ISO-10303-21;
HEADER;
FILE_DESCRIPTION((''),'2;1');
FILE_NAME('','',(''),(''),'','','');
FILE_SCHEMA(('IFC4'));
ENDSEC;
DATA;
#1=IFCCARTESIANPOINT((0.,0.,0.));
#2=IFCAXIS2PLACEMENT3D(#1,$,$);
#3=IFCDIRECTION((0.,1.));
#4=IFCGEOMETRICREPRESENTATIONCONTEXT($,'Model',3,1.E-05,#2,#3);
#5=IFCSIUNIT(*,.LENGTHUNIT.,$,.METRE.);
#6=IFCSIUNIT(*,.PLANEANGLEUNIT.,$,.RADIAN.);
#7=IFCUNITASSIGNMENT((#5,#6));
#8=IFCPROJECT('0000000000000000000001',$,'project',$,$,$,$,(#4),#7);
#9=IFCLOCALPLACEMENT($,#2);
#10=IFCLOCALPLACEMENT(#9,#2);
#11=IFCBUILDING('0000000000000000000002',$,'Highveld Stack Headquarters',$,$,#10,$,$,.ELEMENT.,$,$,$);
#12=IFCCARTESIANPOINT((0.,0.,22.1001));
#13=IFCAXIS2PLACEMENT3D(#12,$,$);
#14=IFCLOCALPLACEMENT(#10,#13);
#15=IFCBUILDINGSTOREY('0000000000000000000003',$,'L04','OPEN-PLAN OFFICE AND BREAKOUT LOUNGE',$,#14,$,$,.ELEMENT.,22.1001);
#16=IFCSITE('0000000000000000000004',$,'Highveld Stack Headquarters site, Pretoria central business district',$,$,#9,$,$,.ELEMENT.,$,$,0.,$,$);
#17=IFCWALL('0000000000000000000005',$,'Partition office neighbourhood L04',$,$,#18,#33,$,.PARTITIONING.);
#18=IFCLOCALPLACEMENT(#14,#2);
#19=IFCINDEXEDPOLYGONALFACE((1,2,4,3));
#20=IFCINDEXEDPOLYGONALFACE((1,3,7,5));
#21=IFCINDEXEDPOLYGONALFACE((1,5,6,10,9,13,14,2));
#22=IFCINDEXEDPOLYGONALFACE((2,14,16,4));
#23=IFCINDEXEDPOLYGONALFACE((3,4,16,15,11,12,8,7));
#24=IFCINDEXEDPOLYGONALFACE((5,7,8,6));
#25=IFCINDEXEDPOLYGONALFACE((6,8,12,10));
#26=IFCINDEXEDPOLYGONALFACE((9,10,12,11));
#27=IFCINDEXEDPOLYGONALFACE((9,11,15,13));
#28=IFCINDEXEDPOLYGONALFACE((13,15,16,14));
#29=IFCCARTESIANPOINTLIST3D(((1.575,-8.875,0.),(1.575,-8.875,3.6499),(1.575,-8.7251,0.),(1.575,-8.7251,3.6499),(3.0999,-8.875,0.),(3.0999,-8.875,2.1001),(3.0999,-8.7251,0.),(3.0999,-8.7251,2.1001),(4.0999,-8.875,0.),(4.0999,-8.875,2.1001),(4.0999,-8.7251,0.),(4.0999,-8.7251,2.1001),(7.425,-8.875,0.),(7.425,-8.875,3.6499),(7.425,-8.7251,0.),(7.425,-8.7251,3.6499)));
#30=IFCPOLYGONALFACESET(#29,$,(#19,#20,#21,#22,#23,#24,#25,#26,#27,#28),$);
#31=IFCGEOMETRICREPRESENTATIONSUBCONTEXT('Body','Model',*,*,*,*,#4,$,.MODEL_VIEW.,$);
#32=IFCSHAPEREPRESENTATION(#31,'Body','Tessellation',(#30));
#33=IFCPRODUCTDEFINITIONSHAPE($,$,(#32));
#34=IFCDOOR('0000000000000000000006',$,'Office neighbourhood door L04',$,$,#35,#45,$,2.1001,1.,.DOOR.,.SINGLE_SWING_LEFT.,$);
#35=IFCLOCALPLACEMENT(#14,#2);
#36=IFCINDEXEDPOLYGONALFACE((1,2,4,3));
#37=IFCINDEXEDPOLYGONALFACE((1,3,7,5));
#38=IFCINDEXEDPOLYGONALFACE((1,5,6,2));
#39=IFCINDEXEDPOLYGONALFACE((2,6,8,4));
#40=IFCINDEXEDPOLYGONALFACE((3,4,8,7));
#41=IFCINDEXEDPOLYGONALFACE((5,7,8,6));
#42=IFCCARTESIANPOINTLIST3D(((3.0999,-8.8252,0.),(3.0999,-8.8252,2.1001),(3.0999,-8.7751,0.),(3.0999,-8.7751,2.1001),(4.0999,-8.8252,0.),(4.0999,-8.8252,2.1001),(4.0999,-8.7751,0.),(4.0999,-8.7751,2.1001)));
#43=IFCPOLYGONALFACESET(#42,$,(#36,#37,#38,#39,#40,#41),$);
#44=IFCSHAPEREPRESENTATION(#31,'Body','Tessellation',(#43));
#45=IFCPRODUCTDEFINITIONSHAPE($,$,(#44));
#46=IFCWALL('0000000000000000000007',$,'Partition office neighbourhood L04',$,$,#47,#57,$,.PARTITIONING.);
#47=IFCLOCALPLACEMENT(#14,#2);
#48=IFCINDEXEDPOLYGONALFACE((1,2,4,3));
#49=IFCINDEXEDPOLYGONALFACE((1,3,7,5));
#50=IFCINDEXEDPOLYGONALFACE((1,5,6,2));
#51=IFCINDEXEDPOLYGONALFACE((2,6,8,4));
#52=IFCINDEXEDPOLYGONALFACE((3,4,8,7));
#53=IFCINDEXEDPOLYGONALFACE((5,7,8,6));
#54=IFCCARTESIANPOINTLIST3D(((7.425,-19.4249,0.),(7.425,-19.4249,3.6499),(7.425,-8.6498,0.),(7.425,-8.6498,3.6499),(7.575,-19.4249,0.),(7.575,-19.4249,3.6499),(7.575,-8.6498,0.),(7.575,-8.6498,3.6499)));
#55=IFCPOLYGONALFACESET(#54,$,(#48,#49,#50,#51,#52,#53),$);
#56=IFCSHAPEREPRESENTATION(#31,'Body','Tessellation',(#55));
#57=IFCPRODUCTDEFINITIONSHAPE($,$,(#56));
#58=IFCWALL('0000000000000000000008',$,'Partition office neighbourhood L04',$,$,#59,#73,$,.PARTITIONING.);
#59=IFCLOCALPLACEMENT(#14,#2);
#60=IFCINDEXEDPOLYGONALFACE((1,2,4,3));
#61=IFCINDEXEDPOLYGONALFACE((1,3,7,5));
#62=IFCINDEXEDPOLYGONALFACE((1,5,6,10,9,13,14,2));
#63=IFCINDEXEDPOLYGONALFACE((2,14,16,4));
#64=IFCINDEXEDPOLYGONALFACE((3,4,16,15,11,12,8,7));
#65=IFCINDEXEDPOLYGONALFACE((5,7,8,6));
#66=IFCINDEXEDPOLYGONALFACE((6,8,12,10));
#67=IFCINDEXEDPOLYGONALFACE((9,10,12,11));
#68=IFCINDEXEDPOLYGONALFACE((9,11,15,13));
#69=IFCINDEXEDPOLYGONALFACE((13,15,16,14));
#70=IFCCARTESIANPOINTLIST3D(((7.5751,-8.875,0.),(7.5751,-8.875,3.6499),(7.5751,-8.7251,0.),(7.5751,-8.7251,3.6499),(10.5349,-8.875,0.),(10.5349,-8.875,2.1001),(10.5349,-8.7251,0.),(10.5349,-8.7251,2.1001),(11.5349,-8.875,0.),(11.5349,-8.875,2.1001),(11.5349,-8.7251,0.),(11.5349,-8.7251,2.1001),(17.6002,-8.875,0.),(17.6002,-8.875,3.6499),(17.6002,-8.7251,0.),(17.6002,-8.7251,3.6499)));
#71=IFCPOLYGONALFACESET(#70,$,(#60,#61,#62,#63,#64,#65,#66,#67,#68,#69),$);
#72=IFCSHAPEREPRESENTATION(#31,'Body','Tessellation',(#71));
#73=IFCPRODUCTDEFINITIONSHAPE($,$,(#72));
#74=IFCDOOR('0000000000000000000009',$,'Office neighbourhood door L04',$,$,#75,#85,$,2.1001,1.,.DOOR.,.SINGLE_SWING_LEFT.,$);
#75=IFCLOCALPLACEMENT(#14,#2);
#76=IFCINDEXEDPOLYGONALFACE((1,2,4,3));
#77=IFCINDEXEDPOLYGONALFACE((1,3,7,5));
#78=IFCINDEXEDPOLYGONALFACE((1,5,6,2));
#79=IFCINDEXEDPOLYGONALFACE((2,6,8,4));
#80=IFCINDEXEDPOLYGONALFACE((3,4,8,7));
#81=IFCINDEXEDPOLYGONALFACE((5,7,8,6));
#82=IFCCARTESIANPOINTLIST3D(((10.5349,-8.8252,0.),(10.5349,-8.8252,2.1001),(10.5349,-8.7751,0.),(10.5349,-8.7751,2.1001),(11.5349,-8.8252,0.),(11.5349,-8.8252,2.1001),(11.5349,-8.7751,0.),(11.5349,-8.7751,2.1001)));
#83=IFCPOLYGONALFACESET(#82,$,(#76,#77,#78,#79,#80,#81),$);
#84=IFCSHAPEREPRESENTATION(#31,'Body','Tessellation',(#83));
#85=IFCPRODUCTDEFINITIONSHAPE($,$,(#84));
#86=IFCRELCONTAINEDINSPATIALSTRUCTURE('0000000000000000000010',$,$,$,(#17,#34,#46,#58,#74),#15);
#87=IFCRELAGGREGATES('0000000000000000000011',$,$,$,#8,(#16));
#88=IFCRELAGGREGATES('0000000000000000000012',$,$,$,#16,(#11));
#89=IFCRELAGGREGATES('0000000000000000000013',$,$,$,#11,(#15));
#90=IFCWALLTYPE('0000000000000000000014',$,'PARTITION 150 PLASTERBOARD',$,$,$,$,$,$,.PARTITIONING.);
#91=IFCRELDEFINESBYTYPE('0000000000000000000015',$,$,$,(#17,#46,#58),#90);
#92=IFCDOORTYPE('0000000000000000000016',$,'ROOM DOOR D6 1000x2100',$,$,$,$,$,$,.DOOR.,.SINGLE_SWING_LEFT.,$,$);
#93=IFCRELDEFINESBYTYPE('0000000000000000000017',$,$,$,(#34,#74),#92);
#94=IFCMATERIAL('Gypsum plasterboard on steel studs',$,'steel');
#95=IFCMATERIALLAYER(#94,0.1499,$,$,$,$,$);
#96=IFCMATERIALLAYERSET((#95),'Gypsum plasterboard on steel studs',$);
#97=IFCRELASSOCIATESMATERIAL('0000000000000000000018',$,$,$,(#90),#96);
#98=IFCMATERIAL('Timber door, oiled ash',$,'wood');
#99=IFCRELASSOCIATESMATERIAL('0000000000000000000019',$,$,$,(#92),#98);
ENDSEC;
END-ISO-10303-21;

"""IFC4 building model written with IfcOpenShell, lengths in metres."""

from ifc_helpers import new_model, si_unit, direction, frame, frame_2d, origin, place, context, subcontext, project, spatial, rectangle, extrude, material, layer, layer_set, type_object, element, fill, save


model = new_model("IFC4")

# Units and contexts
model_context = context("Model", 3, precision=1e-05, world=origin(), true_north=direction((0.0, 1.0)))
body_context = subcontext(model_context, "Body", "Model", "MODEL_VIEW")
ifc_project = project(units=[si_unit("LENGTHUNIT", "METRE"), si_unit("PLANEANGLEUNIT", "RADIAN")], contexts=[model_context])

# Site, building, storey
site_placement = place(None, origin())
site = spatial("IfcSite", under=ifc_project, at=site_placement, Name="Highveld Stack Headquarters site, Pretoria central business district", CompositionType="ELEMENT", RefElevation=0.0)
building_placement = place(site_placement, origin())
building = spatial("IfcBuilding", under=site, at=building_placement, Name="Highveld Stack Headquarters", CompositionType="ELEMENT")
storey_placement = place(building_placement, frame((0.0, 0.0, 22.1001)))
storey = spatial("IfcBuildingStorey", under=building, at=storey_placement, Name="L04", Description="OPEN-PLAN OFFICE AND BREAKOUT LOUNGE", CompositionType="ELEMENT", Elevation=22.1001)

# Shared definitions
ifc_material_1 = material(Name="Gypsum plasterboard on steel studs", Category="steel")
ifc_layer_1 = layer(ifc_material_1, 0.1499)
ifc_layer_set_1 = layer_set([ifc_layer_1], Name="Gypsum plasterboard on steel studs")
wall_type_1 = type_object("IfcWallType", Name="PARTITION 150 PLASTERBOARD", PredefinedType="PARTITIONING", material=ifc_layer_set_1)
ifc_material_2 = material(Name="Timber door, oiled ash", Category="wood")
door_type = type_object("IfcDoorType", Name="ROOM DOOR D6 1000x2100", OperationType="SINGLE_SWING_LEFT", PredefinedType="DOOR", material=ifc_material_2)

# Wall, opening, door
wall_1_placement = place(storey_placement, frame((1.575, -8.8, 0.0), z_axis=(0.0, 0.0, 1.0), x_axis=(1.0, 0.0, 0.0)))
wall_1 = element("IfcWall", 1, at=wall_1_placement, inside=storey, type_object=wall_type_1, Name="Partition office neighbourhood L04", PredefinedType="PARTITIONING", context=body_context, shape_type="SweptSolid", body=[
    extrude(rectangle(XDim=5.8501, YDim=0.1499, at=frame_2d((2.925, 0.0))), origin(), (0.0, 0.0, 1.0), 3.6499),
])
opening_1_placement = place(wall_1_placement, frame((1.5249, 0.0, 0.0)))
opening_1 = element("IfcOpeningElement", 2, at=opening_1_placement, cuts=wall_1, PredefinedType="OPENING", context=body_context, shape_type="SweptSolid", body=[
    extrude(rectangle(XDim=1.0, YDim=2.1001, at=frame_2d((0.5, 1.05))), frame((0.0, 0.085, 0.0), z_axis=(0.0, -1.0, 0.0), x_axis=(1.0, 0.0, 0.0)), (0.0, 0.0, 1.0), 0.1699),
])
door_1_placement = place(opening_1_placement, origin())
door_1 = element("IfcDoor", 3, at=door_1_placement, inside=storey, type_object=door_type, Name="Office neighbourhood door L04", OperationType="SINGLE_SWING_LEFT", OverallHeight=2.1001, OverallWidth=1.0, PredefinedType="DOOR", context=body_context, shape_type="SweptSolid", body=[
    extrude(rectangle(XDim=1.0, YDim=2.1001, at=frame_2d((0.5, 1.05))), frame((0.0, 0.0249, 0.0), z_axis=(0.0, -1.0, 0.0), x_axis=(1.0, 0.0, 0.0)), (0.0, 0.0, 1.0), 0.05),
])
fill(opening_1, door_1)

# Wall
wall_2_placement = place(storey_placement, frame((7.5, -19.425, 0.0), z_axis=(0.0, 0.0, 1.0), x_axis=(0.0, 1.0, 0.0)))
element("IfcWall", 4, at=wall_2_placement, inside=storey, type_object=wall_type_1, Name="Partition office neighbourhood L04", PredefinedType="PARTITIONING", context=body_context, shape_type="SweptSolid", body=[
    extrude(rectangle(XDim=10.7751, YDim=0.1499, at=frame_2d((5.3877, 0.0))), origin(), (0.0, 0.0, 1.0), 3.6499),
])

# Wall, opening, door
wall_3_placement = place(storey_placement, frame((7.575, -8.8, 0.0), z_axis=(0.0, 0.0, 1.0), x_axis=(1.0, 0.0, 0.0)))
wall_3 = element("IfcWall", 5, at=wall_3_placement, inside=storey, type_object=wall_type_1, Name="Partition office neighbourhood L04", PredefinedType="PARTITIONING", context=body_context, shape_type="SweptSolid", body=[
    extrude(rectangle(XDim=10.0251, YDim=0.1499, at=frame_2d((5.0127, 0.0))), origin(), (0.0, 0.0, 1.0), 3.6499),
])
opening_2_placement = place(wall_3_placement, frame((2.96, 0.0, 0.0)))
opening_2 = element("IfcOpeningElement", 6, at=opening_2_placement, cuts=wall_3, PredefinedType="OPENING", context=body_context, shape_type="SweptSolid", body=[
    extrude(rectangle(XDim=1.0, YDim=2.1001, at=frame_2d((0.5, 1.05))), frame((0.0, 0.085, 0.0), z_axis=(0.0, -1.0, 0.0), x_axis=(1.0, 0.0, 0.0)), (0.0, 0.0, 1.0), 0.1699),
])
door_2_placement = place(opening_2_placement, origin())
door_2 = element("IfcDoor", 7, at=door_2_placement, inside=storey, type_object=door_type, Name="Office neighbourhood door L04", OperationType="SINGLE_SWING_LEFT", OverallHeight=2.1001, OverallWidth=1.0, PredefinedType="DOOR", context=body_context, shape_type="SweptSolid", body=[
    extrude(rectangle(XDim=1.0, YDim=2.1001, at=frame_2d((0.5, 1.05))), frame((0.0, 0.0249, 0.0), z_axis=(0.0, -1.0, 0.0), x_axis=(1.0, 0.0, 0.0)), (0.0, 0.0, 1.0), 0.05),
])
fill(opening_2, door_2)

save(model, "model.ifc")
